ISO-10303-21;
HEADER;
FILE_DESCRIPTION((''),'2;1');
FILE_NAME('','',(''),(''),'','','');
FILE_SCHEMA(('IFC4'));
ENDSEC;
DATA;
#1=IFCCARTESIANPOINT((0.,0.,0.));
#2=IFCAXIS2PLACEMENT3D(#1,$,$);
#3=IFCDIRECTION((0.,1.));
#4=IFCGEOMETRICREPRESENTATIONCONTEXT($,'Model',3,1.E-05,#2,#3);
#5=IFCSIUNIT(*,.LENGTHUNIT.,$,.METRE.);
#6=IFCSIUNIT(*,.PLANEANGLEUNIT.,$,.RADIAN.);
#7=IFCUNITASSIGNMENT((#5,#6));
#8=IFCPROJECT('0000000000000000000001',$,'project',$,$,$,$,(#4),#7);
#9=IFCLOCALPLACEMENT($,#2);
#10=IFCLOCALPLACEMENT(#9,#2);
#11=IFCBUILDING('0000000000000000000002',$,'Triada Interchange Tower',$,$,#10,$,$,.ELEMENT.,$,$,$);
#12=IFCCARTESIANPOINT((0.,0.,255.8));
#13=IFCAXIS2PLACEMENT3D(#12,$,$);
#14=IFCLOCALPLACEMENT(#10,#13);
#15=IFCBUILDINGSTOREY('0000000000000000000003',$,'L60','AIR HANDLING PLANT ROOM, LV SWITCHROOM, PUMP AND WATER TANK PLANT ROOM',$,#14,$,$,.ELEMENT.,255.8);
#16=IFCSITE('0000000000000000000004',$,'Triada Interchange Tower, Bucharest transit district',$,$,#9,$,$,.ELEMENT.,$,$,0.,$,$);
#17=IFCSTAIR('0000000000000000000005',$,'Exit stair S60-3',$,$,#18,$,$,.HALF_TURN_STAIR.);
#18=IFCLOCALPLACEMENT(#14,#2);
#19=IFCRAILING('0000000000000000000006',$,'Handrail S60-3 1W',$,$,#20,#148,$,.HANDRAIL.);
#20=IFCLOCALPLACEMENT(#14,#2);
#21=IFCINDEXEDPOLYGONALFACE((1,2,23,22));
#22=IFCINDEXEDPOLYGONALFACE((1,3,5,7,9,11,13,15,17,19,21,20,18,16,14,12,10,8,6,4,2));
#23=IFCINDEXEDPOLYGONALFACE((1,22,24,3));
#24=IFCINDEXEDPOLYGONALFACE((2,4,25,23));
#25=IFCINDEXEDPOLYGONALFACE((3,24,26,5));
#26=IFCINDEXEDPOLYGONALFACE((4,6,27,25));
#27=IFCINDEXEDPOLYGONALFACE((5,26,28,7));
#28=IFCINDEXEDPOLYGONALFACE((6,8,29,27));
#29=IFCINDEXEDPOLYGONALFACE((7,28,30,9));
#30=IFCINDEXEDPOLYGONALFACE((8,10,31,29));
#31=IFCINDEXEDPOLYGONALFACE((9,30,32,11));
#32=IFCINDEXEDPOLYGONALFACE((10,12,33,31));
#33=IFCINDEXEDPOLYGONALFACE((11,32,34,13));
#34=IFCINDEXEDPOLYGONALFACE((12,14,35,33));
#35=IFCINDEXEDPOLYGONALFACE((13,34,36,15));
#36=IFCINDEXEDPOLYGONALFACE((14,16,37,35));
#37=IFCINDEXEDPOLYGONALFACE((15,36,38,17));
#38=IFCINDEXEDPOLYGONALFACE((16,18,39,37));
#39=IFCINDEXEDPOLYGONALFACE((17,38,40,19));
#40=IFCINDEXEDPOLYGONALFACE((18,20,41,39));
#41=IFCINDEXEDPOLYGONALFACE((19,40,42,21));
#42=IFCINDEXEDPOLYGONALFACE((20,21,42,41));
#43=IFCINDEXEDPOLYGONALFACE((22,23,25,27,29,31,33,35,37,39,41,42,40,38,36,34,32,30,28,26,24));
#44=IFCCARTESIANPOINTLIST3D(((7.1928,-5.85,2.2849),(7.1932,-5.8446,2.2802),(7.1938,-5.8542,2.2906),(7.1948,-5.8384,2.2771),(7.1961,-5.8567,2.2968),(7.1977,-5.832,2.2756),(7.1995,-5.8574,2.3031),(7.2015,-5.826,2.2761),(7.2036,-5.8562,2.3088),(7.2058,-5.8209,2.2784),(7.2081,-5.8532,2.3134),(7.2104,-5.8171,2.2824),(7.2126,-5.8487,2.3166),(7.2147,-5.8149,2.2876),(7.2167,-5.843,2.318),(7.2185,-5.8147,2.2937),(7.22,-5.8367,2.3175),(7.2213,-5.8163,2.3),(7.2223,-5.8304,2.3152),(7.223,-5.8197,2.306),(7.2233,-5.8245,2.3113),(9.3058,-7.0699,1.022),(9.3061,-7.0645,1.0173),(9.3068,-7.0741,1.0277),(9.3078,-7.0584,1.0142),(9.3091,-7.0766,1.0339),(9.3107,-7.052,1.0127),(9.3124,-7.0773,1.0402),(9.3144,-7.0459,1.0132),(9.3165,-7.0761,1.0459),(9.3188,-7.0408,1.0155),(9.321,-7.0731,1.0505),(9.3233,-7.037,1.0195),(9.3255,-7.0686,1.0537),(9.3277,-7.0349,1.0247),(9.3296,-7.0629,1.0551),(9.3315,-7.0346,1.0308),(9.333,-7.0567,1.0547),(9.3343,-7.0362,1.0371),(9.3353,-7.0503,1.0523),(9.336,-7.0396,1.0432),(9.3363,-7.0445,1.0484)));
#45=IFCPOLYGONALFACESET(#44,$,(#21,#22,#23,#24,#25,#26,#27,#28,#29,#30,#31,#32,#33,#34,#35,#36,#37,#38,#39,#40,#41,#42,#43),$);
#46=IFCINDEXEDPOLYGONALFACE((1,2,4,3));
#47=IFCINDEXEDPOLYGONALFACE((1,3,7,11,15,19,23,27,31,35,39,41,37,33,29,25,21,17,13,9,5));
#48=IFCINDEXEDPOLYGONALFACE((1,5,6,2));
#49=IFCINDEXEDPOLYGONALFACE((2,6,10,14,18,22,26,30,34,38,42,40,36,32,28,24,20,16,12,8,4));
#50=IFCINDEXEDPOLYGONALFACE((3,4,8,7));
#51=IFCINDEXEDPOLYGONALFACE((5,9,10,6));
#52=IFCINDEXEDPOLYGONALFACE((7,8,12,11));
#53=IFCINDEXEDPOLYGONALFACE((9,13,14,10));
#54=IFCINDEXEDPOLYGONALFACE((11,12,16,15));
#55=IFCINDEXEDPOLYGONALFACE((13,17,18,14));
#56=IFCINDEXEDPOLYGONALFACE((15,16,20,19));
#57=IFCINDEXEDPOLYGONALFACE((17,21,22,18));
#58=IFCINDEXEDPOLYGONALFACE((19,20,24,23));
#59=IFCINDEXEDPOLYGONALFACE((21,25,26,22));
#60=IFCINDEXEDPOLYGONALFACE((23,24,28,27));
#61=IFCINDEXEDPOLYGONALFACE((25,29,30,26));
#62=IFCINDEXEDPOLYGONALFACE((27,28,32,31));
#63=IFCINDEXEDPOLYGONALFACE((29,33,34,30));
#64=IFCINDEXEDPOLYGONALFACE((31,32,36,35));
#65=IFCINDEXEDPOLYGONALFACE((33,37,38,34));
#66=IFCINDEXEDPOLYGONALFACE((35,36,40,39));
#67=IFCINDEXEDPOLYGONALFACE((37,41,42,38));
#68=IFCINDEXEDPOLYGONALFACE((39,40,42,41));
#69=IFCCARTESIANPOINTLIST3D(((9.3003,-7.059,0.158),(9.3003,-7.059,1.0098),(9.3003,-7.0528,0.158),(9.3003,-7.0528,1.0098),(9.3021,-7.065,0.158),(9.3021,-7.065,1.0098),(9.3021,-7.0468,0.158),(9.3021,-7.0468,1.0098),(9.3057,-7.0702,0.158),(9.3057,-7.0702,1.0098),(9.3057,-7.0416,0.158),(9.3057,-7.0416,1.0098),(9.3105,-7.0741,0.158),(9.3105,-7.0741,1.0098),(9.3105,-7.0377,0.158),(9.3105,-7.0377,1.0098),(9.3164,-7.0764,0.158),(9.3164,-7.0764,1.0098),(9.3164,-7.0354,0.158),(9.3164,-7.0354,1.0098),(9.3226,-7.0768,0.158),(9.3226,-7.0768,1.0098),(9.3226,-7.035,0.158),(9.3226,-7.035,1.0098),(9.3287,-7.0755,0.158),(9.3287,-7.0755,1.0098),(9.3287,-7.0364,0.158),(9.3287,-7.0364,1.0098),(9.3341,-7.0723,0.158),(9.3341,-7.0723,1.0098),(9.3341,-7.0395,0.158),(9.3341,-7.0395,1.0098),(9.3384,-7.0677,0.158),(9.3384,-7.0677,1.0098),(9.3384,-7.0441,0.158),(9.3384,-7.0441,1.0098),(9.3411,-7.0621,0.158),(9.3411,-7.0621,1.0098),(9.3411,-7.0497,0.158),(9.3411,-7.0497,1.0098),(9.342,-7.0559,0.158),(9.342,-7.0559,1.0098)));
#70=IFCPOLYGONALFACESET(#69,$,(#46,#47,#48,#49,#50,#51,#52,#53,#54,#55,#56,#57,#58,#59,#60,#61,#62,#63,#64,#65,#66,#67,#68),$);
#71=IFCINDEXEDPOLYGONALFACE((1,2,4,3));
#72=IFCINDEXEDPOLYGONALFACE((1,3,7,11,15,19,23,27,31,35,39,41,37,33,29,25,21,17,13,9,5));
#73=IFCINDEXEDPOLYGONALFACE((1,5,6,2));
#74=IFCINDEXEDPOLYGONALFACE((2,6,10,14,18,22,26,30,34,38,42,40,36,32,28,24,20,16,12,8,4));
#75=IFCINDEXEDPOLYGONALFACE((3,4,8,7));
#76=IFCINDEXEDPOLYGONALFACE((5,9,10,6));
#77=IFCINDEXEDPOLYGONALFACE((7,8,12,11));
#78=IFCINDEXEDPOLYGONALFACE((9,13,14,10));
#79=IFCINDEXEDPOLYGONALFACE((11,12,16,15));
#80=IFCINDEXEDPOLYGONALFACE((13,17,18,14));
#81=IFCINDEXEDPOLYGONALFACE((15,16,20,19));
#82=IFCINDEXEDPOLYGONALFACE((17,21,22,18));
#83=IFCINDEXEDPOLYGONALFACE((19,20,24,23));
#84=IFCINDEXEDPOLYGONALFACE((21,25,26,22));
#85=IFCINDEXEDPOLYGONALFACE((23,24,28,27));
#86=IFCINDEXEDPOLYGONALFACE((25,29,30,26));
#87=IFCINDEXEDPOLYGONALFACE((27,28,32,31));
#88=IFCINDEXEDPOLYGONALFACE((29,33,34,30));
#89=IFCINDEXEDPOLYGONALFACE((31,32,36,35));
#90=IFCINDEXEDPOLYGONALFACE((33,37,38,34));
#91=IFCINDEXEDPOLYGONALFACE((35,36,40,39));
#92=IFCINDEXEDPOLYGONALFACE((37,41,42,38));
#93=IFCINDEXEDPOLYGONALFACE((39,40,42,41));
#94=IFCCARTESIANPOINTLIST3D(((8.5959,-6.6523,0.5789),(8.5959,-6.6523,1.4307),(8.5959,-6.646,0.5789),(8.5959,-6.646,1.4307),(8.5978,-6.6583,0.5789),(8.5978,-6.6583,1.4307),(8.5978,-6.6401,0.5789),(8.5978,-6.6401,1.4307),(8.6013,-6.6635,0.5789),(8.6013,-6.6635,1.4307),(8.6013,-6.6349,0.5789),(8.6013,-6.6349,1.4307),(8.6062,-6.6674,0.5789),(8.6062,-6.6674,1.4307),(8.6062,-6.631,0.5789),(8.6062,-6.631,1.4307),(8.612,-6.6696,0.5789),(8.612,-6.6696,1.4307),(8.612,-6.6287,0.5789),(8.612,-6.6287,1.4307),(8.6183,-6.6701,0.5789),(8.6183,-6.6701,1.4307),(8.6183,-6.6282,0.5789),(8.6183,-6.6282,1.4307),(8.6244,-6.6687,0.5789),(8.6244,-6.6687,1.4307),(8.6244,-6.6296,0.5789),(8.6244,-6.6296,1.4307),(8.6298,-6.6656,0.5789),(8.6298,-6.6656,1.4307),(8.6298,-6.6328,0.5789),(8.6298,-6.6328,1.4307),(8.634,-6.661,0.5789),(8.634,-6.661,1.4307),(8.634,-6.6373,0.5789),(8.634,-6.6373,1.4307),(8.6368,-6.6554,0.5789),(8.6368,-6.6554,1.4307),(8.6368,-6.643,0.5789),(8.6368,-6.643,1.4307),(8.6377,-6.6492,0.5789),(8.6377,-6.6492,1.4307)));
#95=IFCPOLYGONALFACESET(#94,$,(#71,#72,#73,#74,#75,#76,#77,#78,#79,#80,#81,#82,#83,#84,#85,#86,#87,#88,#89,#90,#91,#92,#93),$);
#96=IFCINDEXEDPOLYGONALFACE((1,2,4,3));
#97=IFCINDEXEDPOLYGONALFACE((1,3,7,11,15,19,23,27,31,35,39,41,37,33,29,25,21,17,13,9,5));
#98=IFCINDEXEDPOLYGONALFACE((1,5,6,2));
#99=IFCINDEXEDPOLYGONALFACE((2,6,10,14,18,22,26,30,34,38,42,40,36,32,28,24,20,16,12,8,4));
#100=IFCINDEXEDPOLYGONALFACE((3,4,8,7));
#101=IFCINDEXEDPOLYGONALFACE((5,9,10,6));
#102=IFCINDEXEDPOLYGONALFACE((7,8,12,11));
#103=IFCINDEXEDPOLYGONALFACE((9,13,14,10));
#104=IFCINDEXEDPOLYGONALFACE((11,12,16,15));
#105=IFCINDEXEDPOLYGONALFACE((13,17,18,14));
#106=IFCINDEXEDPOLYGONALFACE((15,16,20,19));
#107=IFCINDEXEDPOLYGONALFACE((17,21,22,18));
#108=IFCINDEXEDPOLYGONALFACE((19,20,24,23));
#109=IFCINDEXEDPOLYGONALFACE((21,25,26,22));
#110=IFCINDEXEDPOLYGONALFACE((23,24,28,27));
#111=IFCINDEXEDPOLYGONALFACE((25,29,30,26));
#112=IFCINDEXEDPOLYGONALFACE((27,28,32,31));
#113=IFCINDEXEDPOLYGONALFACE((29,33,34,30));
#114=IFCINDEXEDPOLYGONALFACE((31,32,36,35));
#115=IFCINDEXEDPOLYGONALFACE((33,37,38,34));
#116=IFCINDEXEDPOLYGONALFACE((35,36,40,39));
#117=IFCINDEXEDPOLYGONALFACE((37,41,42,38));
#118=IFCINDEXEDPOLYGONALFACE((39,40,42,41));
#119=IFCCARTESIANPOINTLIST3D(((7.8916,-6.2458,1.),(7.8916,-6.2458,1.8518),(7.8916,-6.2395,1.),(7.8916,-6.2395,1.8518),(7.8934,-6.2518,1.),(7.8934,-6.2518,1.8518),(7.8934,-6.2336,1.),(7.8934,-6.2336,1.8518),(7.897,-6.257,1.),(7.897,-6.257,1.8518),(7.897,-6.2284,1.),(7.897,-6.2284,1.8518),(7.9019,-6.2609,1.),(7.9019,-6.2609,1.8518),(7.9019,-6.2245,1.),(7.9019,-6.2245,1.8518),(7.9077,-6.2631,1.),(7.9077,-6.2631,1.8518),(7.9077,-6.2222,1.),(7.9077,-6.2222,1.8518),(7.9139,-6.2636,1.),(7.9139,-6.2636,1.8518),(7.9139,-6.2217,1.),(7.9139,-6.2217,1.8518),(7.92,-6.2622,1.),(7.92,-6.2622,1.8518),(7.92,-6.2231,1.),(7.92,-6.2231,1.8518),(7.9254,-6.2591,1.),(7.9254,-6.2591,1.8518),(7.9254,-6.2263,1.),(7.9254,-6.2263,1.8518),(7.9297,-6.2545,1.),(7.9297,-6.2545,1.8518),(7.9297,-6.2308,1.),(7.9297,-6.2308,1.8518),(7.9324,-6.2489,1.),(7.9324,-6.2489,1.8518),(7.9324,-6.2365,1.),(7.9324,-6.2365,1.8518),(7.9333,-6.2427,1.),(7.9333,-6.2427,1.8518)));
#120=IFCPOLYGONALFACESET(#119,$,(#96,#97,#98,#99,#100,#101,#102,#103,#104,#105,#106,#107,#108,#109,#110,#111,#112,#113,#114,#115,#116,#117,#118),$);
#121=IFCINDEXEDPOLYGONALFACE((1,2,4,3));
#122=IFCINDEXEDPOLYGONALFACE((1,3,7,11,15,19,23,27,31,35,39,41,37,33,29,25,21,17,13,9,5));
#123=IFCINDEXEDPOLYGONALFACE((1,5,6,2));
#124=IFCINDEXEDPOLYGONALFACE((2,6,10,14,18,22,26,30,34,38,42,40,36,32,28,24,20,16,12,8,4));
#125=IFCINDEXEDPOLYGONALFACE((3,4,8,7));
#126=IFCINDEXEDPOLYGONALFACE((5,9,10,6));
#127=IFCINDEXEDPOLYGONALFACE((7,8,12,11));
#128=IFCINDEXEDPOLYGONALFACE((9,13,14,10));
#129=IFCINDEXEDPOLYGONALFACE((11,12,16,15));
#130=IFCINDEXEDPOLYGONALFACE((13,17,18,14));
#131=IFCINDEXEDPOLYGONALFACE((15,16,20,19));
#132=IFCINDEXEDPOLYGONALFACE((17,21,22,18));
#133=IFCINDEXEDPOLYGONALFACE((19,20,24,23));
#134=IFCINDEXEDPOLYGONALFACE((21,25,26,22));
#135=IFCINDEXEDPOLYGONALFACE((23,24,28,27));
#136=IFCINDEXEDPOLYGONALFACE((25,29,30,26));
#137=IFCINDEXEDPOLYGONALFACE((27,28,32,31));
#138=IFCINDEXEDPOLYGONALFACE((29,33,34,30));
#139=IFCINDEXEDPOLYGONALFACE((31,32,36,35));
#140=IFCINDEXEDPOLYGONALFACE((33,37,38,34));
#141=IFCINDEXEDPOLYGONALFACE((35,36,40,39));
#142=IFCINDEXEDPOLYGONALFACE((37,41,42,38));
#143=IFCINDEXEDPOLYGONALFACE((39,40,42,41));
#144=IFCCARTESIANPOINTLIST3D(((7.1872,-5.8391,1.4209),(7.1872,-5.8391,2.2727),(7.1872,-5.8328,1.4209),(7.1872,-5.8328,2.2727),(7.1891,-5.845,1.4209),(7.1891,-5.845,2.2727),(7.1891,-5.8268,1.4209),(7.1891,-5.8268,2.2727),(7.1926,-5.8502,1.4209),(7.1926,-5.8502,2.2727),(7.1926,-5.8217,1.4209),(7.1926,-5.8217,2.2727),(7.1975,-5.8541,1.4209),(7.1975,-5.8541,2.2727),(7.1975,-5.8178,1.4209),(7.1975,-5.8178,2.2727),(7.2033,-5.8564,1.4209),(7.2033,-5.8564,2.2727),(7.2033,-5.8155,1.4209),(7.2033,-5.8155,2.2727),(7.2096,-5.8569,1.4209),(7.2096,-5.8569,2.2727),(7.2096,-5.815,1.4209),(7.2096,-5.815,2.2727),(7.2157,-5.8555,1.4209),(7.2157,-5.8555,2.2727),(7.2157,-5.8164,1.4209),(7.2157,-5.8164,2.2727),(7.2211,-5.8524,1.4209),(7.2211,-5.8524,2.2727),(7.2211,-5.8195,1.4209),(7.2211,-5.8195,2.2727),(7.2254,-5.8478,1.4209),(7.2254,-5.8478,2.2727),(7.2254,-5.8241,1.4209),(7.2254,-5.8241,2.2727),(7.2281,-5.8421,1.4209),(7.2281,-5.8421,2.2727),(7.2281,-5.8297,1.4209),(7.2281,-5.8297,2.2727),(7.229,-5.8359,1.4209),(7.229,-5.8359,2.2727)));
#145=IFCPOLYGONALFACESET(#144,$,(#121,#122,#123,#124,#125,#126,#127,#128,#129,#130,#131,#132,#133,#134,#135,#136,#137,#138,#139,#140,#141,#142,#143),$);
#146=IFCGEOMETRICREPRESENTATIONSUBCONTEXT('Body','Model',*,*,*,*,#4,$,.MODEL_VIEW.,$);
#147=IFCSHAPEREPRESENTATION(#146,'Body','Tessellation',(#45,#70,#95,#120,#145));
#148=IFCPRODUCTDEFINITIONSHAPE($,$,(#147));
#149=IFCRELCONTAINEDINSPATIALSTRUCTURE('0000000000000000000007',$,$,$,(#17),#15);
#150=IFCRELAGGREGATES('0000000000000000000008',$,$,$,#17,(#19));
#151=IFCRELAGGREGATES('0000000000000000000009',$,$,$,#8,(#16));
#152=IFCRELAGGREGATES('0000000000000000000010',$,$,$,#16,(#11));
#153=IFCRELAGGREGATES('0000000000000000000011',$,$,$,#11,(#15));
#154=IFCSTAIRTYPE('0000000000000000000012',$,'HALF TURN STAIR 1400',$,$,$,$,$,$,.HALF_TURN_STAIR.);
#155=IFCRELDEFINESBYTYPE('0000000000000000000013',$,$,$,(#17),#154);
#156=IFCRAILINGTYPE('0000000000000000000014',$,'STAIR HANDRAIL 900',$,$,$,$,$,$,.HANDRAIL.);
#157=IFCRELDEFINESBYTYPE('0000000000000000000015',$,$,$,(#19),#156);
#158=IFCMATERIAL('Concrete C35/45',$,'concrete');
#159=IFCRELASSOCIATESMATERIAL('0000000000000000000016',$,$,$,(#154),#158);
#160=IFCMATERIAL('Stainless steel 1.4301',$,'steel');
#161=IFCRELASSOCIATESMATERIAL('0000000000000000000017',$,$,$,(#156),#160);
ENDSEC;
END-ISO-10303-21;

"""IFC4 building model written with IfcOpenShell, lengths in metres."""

from ifc_helpers import new_model, si_unit, direction, frame, origin, origin_2d, place, context, subcontext, project, spatial, circle, extrude, material, type_object, element, aggregate, save


model = new_model("IFC4")

# Units and contexts
model_context = context("Model", 3, precision=1e-05, world=origin(), true_north=direction((0.0, 1.0)))
body_context = subcontext(model_context, "Body", "Model", "MODEL_VIEW")
ifc_project = project(units=[si_unit("LENGTHUNIT", "METRE"), si_unit("PLANEANGLEUNIT", "RADIAN")], contexts=[model_context])

# Site, building, storey
site_placement = place(None, origin())
site = spatial("IfcSite", under=ifc_project, at=site_placement, Name="Triada Interchange Tower, Bucharest transit district", CompositionType="ELEMENT", RefElevation=0.0)
building_placement = place(site_placement, origin())
building = spatial("IfcBuilding", under=site, at=building_placement, Name="Triada Interchange Tower", CompositionType="ELEMENT")
storey_placement = place(building_placement, frame((0.0, 0.0, 255.8)))
storey = spatial("IfcBuildingStorey", under=building, at=storey_placement, Name="L60", Description="AIR HANDLING PLANT ROOM, LV SWITCHROOM, PUMP AND WATER TANK PLANT ROOM", CompositionType="ELEMENT", Elevation=255.8)

# Stair, railing
ifc_material_1 = material(Name="Concrete C35/45", Category="concrete")
stair_type = type_object("IfcStairType", Name="HALF TURN STAIR 1400", PredefinedType="HALF_TURN_STAIR", material=ifc_material_1)
stair_placement = place(storey_placement, origin())
stair = element("IfcStair", 1, at=stair_placement, inside=storey, type_object=stair_type, Name="Exit stair S60-3", PredefinedType="HALF_TURN_STAIR")
ifc_material_2 = material(Name="Stainless steel 1.4301", Category="steel")
railing_type = type_object("IfcRailingType", Name="STAIR HANDRAIL 900", PredefinedType="HANDRAIL", material=ifc_material_2)
railing_1_placement = place(storey_placement, frame((9.321, -7.0559, 0.158)))
railing_1 = element("IfcRailing", 2, at=railing_1_placement, type_object=railing_type, Name="Handrail S60-3 1W", PredefinedType="HANDRAIL", context=body_context, shape_type="SweptSolid", body=[
    extrude(circle(Radius=0.0239, at=origin_2d()), frame((0.0, 0.0, 0.876), z_axis=(-0.769101, 0.444044, 0.459683), x_axis=(-0.500003, -0.866024, 0.0)), (0.0, 0.0, 1.0), 2.7473),
    extrude(circle(Radius=0.021, at=origin_2d()), origin(), (0.0, 0.0, 1.0), 0.8518),
    extrude(circle(Radius=0.021, at=origin_2d()), frame((-0.7043, 0.4067, 0.4209)), (0.0, 0.0, 1.0), 0.8518),
    extrude(circle(Radius=0.021, at=origin_2d()), frame((-1.4087, 0.8132, 0.842)), (0.0, 0.0, 1.0), 0.8518),
    extrude(circle(Radius=0.021, at=origin_2d()), frame((-2.113, 1.22, 1.2629)), (0.0, 0.0, 1.0), 0.8518),
])
aggregate(stair, [railing_1])

save(model, "model.ifc")
